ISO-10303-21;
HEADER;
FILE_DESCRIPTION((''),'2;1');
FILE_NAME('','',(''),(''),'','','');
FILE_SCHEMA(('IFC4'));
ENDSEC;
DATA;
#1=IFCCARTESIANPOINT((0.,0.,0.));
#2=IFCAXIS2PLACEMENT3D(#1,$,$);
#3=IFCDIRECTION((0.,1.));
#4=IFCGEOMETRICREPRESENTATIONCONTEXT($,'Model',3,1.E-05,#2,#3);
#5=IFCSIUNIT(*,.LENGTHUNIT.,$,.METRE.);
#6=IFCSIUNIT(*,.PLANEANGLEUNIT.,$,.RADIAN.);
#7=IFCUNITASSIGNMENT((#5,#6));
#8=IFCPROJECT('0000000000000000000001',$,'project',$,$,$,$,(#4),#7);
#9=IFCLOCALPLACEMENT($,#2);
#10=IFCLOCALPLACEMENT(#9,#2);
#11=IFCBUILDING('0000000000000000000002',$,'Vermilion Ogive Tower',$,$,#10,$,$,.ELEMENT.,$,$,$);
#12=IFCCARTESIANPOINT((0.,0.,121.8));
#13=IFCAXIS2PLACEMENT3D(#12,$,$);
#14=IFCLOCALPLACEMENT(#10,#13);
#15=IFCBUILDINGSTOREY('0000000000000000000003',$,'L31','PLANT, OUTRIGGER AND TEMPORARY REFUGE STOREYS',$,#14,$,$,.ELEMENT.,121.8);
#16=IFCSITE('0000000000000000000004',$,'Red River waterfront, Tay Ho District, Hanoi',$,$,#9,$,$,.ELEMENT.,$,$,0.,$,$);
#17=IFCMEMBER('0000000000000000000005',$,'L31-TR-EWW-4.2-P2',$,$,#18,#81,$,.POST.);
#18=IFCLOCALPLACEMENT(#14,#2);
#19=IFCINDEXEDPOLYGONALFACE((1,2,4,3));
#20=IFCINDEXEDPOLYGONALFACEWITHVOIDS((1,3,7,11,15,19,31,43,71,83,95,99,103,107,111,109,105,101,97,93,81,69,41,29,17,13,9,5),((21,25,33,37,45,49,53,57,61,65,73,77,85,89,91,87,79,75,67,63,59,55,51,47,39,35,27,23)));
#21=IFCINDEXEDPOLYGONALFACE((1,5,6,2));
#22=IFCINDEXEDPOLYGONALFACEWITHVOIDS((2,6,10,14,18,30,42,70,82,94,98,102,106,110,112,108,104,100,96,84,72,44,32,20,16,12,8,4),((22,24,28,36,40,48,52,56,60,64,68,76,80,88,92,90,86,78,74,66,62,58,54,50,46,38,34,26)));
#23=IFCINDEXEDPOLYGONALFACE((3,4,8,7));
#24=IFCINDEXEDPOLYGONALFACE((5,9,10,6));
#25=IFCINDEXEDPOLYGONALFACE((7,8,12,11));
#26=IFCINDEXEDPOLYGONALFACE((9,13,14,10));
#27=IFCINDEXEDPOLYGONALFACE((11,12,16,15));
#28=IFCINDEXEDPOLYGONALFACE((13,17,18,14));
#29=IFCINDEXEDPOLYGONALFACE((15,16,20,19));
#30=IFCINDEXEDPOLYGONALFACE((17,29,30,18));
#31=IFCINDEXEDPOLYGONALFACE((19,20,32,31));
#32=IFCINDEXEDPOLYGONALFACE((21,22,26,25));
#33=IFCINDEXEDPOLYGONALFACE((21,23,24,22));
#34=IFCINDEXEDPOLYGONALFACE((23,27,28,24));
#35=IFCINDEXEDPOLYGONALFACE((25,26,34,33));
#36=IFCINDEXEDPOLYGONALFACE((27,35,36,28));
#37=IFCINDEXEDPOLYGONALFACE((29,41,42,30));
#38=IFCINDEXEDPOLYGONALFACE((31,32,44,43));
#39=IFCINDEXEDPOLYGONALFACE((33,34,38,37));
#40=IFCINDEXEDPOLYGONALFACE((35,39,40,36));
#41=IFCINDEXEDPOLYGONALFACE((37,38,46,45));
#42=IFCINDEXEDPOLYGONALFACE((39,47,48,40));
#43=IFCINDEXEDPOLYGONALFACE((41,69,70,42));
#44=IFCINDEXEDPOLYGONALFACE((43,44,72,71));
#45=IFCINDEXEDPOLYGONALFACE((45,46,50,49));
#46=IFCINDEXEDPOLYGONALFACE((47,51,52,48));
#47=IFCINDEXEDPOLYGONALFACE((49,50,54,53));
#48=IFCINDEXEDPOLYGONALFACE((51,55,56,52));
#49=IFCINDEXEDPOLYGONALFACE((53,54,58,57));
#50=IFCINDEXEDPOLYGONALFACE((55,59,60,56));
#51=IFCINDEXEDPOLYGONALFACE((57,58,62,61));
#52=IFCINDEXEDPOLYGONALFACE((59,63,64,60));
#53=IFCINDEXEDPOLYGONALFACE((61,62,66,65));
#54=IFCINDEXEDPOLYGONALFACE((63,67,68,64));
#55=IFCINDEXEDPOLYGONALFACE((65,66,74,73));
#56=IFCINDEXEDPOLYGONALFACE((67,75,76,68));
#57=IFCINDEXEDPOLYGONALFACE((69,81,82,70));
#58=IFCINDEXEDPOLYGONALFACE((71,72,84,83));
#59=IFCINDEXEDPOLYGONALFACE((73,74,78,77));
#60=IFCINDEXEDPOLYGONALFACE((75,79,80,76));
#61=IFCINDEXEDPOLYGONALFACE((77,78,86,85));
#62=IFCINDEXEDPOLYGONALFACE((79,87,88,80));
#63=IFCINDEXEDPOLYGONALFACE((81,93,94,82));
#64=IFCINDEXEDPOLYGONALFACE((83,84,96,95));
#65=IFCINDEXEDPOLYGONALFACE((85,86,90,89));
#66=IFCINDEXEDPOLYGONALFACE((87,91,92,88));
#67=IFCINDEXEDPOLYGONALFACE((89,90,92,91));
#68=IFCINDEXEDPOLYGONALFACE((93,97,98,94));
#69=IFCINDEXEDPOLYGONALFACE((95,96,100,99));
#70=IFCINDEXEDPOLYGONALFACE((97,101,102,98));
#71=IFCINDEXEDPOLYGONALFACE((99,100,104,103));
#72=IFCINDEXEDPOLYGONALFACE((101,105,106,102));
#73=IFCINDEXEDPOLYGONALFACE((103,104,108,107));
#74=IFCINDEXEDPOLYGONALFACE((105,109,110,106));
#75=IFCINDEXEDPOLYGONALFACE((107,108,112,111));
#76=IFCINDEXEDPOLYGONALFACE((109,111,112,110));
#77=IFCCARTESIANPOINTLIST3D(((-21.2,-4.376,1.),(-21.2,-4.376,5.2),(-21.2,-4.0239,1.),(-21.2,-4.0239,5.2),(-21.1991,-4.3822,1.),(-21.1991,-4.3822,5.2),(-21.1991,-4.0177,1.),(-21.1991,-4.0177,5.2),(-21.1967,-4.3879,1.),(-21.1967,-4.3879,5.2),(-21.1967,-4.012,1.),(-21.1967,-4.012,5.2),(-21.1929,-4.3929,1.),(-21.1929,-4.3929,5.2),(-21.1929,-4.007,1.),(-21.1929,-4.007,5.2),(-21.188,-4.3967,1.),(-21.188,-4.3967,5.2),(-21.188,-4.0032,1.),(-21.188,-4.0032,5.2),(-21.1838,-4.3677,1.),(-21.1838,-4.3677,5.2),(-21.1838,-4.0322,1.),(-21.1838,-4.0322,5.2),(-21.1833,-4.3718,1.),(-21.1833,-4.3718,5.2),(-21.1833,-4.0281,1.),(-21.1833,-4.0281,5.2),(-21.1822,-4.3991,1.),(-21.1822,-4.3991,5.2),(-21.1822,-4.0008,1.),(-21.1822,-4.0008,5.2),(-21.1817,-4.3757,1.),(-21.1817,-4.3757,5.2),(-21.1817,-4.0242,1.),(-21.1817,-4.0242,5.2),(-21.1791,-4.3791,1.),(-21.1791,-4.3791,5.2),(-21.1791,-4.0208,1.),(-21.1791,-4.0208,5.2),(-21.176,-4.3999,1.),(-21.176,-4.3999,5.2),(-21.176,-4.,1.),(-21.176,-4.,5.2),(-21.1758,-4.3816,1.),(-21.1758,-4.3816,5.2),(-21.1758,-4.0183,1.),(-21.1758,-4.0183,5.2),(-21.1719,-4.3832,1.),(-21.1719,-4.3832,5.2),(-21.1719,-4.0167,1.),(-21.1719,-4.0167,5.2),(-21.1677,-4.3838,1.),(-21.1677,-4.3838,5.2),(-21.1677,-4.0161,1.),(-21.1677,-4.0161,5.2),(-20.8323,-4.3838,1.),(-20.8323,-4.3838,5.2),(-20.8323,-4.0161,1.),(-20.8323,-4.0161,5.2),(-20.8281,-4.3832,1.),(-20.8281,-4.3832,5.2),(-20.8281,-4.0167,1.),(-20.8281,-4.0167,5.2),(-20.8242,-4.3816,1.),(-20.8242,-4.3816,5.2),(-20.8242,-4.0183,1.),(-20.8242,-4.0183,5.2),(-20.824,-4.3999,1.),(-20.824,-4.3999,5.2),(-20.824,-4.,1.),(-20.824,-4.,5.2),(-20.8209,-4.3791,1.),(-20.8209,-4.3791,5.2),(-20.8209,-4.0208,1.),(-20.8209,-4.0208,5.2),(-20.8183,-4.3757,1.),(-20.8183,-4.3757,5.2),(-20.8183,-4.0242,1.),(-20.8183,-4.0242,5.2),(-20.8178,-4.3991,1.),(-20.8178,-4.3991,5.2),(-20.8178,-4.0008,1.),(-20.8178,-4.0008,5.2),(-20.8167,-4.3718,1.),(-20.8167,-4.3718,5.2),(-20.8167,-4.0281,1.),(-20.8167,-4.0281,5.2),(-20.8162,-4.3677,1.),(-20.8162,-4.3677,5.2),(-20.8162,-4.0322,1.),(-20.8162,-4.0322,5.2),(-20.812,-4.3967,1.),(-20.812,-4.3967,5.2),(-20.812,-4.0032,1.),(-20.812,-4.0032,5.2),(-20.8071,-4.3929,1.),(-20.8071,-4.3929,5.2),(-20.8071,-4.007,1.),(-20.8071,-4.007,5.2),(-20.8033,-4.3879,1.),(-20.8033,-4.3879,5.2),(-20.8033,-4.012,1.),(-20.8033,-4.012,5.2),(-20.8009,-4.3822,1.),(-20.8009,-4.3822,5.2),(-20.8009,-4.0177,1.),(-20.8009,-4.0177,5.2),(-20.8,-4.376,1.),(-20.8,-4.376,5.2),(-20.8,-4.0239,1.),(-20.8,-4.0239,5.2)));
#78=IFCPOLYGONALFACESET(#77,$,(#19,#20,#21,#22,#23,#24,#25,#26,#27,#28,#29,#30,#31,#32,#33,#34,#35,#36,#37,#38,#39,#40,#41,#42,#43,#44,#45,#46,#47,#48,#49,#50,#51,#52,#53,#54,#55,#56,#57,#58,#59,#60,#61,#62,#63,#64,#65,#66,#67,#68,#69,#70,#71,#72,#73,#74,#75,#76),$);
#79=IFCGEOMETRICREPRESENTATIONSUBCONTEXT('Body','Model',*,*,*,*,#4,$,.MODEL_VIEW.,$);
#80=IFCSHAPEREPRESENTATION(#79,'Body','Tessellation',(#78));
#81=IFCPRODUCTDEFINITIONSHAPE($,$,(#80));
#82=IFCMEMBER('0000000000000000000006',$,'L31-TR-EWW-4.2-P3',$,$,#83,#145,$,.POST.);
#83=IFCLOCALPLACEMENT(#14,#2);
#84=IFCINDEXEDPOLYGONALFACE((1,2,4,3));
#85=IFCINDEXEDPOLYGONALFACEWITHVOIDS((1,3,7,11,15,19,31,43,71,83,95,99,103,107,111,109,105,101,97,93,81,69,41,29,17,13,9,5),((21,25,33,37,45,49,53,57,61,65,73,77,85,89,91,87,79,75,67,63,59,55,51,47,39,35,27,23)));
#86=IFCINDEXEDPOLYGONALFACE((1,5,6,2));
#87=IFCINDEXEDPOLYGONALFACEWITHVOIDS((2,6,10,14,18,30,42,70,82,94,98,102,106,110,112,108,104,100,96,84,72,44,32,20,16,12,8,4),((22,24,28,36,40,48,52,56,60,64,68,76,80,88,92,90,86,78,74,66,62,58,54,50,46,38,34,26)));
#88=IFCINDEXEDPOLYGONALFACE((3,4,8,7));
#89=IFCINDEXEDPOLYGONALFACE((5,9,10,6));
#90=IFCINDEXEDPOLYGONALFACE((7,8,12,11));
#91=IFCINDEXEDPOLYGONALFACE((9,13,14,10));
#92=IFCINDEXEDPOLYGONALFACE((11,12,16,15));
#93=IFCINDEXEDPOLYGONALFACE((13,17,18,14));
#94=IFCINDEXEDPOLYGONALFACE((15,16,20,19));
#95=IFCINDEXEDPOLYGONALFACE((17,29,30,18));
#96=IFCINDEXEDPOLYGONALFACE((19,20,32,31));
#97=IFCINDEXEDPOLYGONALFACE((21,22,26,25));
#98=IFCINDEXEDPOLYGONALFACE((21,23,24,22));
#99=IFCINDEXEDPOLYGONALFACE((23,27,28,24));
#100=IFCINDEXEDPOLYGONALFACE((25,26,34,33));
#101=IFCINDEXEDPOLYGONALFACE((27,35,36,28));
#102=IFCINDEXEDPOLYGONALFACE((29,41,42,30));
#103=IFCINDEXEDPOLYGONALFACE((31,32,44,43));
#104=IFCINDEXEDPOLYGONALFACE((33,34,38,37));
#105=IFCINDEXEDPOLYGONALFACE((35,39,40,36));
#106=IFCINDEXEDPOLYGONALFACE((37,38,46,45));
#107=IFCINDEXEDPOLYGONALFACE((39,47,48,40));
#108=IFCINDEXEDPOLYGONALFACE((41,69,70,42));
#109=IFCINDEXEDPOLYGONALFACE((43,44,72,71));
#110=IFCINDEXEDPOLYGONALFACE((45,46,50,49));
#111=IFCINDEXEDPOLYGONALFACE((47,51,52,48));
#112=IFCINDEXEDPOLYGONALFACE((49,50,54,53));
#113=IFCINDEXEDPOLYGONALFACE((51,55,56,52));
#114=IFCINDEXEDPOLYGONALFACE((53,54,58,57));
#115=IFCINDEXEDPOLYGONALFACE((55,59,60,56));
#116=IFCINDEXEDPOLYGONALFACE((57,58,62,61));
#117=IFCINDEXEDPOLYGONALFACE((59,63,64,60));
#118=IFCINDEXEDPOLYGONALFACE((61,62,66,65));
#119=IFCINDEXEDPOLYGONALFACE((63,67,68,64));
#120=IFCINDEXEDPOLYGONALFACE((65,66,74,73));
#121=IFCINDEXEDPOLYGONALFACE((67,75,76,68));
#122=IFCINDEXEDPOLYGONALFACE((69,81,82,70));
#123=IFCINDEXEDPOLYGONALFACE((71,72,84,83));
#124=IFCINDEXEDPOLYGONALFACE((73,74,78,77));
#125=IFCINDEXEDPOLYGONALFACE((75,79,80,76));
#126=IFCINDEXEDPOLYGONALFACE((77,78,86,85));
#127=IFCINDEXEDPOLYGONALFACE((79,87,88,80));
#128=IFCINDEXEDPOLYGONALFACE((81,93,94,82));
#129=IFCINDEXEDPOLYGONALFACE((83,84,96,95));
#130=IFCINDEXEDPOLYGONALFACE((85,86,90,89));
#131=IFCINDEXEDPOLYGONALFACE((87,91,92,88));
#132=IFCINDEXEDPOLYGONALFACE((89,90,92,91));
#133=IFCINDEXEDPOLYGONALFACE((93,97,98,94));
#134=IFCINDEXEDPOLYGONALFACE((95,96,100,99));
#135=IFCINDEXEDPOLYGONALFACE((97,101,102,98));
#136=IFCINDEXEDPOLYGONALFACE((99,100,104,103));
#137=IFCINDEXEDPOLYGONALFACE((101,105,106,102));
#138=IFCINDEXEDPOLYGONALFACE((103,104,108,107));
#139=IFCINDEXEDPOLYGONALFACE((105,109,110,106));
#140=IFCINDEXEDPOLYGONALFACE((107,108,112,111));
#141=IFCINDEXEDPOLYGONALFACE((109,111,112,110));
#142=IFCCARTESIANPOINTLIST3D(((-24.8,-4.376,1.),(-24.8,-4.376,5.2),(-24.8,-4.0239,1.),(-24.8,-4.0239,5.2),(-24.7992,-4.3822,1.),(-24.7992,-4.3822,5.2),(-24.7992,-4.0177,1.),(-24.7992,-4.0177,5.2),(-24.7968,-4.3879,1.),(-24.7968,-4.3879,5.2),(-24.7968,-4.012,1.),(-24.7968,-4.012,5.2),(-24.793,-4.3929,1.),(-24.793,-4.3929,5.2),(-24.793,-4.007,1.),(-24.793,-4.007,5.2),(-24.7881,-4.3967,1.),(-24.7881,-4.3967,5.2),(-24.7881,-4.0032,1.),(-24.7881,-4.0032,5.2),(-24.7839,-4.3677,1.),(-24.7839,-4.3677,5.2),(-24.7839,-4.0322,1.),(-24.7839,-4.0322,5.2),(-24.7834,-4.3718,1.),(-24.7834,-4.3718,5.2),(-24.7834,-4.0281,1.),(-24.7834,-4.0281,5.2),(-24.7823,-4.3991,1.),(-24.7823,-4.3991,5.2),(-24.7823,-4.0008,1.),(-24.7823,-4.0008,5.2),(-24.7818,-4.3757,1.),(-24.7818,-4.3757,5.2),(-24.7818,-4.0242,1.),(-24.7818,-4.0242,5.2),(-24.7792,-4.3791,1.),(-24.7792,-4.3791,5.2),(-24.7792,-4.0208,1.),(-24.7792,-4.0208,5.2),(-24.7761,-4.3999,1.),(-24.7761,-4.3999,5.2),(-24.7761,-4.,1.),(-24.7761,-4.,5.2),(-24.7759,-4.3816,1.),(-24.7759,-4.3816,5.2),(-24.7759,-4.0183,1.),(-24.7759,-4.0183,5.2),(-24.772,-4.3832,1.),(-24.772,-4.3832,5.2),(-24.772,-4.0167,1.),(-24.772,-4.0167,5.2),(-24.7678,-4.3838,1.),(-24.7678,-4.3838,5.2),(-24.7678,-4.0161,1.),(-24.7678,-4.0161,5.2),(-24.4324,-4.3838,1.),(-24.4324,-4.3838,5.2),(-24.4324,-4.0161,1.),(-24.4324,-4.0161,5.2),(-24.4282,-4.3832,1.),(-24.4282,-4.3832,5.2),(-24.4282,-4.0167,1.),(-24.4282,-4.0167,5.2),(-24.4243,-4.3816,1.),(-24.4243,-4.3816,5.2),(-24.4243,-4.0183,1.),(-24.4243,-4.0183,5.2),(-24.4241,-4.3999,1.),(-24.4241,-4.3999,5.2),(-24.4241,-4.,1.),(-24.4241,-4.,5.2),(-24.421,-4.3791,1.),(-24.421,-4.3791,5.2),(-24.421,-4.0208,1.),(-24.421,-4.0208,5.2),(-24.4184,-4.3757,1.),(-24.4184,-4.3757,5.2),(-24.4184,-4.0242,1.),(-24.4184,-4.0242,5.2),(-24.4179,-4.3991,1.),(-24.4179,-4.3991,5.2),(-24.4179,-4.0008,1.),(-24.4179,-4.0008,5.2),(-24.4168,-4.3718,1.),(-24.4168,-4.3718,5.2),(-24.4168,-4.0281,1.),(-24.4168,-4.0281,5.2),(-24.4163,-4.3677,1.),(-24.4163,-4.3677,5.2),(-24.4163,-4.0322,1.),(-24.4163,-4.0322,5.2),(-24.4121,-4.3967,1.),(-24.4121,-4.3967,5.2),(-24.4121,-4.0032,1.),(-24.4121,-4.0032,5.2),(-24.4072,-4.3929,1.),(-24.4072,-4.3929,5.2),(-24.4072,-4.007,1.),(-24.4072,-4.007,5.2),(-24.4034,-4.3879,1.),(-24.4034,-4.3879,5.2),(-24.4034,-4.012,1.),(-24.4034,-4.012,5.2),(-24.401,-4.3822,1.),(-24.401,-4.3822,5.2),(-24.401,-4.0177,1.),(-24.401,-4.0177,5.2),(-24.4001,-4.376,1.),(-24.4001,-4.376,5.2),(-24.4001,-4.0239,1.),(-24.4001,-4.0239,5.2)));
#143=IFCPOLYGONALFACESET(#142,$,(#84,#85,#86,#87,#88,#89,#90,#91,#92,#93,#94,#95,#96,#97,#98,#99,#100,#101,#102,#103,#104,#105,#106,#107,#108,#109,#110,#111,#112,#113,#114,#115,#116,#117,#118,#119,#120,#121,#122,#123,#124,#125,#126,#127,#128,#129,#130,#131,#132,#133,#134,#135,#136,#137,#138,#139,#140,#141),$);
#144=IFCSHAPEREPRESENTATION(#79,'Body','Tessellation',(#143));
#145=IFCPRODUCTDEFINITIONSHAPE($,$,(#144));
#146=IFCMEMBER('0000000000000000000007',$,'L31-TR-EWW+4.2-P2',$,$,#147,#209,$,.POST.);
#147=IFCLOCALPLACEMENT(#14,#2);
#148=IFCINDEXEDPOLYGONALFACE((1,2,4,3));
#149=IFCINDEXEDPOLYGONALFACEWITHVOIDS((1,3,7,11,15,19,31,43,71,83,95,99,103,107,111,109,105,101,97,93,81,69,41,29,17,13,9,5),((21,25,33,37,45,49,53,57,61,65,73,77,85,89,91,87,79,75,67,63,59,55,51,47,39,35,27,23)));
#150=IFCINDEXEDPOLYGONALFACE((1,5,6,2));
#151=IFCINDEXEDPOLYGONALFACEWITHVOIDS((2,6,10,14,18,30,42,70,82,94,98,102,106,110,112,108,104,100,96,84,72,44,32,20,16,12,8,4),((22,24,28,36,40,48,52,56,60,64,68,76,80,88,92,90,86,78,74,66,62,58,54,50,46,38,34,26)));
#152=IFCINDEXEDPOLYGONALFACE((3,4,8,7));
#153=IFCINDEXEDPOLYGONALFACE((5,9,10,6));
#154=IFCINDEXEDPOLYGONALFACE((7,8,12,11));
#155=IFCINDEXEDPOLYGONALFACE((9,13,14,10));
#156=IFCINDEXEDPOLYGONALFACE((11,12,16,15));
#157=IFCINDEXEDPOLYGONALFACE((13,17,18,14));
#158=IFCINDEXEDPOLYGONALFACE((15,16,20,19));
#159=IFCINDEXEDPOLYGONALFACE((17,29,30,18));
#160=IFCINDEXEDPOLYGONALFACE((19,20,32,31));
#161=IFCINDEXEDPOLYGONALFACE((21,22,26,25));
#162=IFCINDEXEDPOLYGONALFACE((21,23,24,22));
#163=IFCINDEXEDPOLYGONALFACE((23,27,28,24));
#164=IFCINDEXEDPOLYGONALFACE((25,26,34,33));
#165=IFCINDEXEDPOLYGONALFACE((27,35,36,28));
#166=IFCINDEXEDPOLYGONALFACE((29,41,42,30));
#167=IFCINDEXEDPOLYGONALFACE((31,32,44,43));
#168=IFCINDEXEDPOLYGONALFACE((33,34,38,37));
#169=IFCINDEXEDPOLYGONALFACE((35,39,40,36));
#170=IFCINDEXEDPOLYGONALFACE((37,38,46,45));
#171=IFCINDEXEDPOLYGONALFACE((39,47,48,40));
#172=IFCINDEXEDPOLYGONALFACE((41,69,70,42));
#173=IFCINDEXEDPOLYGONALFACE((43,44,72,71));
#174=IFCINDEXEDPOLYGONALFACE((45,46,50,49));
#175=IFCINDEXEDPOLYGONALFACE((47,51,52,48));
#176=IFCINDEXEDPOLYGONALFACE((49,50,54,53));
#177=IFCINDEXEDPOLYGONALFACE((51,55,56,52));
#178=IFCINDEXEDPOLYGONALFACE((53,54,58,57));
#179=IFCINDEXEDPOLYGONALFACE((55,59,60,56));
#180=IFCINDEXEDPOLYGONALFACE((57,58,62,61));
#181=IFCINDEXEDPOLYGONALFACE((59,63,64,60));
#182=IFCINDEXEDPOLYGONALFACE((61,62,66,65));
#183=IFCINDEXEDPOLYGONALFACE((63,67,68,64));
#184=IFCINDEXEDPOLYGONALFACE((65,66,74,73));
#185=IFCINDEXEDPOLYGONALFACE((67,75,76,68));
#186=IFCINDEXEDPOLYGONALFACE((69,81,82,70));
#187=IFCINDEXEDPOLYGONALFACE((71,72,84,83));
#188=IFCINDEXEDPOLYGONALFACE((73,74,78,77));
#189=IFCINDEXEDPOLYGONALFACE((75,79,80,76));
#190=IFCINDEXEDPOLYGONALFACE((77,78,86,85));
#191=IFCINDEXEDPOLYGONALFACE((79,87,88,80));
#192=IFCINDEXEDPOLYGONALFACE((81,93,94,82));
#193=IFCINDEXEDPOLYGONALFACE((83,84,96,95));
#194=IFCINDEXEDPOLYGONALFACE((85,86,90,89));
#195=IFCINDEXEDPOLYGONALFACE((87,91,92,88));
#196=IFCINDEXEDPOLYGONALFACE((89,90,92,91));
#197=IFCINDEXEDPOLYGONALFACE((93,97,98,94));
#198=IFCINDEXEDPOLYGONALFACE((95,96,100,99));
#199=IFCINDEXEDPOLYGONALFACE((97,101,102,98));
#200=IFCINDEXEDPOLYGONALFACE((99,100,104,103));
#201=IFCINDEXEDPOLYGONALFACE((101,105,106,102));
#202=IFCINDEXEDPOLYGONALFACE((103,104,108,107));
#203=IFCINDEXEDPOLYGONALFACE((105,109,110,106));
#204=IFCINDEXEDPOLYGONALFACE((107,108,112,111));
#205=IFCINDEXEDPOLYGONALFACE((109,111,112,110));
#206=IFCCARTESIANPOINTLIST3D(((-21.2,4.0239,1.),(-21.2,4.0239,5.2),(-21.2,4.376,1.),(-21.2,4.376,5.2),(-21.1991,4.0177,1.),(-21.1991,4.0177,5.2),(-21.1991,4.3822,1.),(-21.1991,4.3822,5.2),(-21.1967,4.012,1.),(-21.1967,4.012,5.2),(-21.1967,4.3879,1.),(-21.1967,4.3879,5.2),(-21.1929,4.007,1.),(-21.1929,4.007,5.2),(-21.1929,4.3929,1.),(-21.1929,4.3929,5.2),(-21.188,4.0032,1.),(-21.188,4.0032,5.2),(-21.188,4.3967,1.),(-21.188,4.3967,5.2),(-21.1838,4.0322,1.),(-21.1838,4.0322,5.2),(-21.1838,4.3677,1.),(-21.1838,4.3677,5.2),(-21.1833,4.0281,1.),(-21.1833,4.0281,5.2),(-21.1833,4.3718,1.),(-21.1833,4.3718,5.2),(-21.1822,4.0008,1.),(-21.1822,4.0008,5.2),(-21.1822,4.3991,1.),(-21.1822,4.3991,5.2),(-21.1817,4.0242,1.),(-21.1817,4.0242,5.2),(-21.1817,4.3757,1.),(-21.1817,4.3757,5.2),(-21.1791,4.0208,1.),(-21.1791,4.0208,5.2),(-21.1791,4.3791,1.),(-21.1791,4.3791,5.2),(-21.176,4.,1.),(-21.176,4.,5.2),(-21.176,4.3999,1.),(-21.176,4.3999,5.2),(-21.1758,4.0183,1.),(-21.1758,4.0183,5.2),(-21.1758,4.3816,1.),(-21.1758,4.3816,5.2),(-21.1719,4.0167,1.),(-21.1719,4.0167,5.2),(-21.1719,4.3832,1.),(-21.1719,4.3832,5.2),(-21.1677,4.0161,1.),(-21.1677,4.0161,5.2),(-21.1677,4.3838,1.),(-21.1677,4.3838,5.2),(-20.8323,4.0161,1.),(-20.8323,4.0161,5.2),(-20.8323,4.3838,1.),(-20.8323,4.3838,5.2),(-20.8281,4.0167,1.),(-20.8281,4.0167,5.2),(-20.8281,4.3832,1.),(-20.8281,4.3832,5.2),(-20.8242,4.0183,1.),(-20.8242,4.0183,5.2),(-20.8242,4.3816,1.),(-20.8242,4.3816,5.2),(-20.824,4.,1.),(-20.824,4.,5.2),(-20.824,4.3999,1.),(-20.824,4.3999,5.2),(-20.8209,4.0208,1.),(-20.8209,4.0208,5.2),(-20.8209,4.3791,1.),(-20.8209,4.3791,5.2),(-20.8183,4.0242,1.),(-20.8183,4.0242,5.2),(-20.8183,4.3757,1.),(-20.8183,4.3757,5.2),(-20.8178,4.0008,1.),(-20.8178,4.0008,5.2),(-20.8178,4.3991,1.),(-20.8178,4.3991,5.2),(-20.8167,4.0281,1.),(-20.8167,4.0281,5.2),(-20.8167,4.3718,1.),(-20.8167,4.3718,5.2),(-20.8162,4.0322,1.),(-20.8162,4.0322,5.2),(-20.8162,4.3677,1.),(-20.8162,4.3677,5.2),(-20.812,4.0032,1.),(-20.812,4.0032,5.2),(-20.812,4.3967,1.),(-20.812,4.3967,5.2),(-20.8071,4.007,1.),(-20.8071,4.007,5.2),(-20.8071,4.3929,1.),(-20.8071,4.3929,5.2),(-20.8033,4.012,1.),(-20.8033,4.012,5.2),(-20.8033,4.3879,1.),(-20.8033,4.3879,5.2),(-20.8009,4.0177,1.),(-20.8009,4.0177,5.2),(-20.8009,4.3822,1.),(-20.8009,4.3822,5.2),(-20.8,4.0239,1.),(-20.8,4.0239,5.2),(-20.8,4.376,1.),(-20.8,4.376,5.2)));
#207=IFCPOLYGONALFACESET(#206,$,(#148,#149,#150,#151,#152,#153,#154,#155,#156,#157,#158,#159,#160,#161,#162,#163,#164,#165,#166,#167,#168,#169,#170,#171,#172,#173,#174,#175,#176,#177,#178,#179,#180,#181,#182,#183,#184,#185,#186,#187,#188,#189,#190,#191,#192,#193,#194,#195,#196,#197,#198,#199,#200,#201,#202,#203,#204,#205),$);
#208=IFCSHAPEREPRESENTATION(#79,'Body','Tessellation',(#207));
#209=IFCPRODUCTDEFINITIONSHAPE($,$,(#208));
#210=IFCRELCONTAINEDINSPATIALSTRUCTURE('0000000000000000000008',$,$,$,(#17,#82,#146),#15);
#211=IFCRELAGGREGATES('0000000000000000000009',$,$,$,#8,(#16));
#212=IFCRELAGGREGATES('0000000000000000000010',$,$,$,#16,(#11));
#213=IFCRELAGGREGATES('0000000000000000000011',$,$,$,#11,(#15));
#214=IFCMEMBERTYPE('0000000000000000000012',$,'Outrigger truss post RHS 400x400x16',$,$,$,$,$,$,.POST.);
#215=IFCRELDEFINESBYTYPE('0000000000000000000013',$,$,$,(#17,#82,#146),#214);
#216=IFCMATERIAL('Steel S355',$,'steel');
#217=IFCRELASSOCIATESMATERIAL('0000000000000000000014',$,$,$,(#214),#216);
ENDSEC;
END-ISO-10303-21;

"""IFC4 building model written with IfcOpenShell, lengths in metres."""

from ifc_helpers import new_model, si_unit, direction, frame, origin, origin_2d, place, context, subcontext, project, spatial, hollow_rectangle, extrude, material, material_profile, profile_set, type_object, element, save


model = new_model("IFC4")

# Units and contexts
model_context = context("Model", 3, precision=1e-05, world=origin(), true_north=direction((0.0, 1.0)))
body_context = subcontext(model_context, "Body", "Model", "MODEL_VIEW")
ifc_project = project(units=[si_unit("LENGTHUNIT", "METRE"), si_unit("PLANEANGLEUNIT", "RADIAN")], contexts=[model_context])

# Site, building, storey
site_placement = place(None, origin())
site = spatial("IfcSite", under=ifc_project, at=site_placement, Name="Red River waterfront, Tay Ho District, Hanoi", CompositionType="ELEMENT", RefElevation=0.0)
building_placement = place(site_placement, origin())
building = spatial("IfcBuilding", under=site, at=building_placement, Name="Vermilion Ogive Tower", CompositionType="ELEMENT")
storey_placement = place(building_placement, frame((0.0, 0.0, 121.8)))
storey = spatial("IfcBuildingStorey", under=building, at=storey_placement, Name="L31", Description="PLANT, OUTRIGGER AND TEMPORARY REFUGE STOREYS", CompositionType="ELEMENT", Elevation=121.8)

# Members
ifc_material_1 = material(Name="Steel S355", Category="steel")
ifc_material_profile_1 = material_profile(ifc_material_1, hollow_rectangle(XDim=0.3999, YDim=0.3999, WallThickness=0.0161, InnerFilletRadius=0.0161, OuterFilletRadius=0.0239, at=origin_2d()), Name="RHS 400x400x16")
ifc_profile_set_1 = profile_set([ifc_material_profile_1], Name="Steel S355")
member_type_1 = type_object("IfcMemberType", Name="Outrigger truss post RHS 400x400x16", PredefinedType="POST", material=ifc_profile_set_1)
for number, where, z_axis, x_axis, name in (
    (1, (-21.0, -4.2, 1.0), (0.0, 0.0, 1.0), (1.0, 0.0, 0.0), "L31-TR-EWW-4.2-P2"),
    (2, (-24.6001, -4.2, 1.0), (0.0, 0.0, 1.0), (1.0, 0.0, 0.0), "L31-TR-EWW-4.2-P3"),
    (3, (-21.0, 4.2, 1.0), (0.0, 0.0, 1.0), (1.0, 0.0, 0.0), "L31-TR-EWW+4.2-P2"),
):
    element("IfcMember", number, at=place(storey_placement, frame(where, z_axis=z_axis, x_axis=x_axis)), inside=storey, type_object=member_type_1, Name=name, PredefinedType="POST", context=body_context, shape_type="SweptSolid", body=[
        extrude(hollow_rectangle(XDim=0.3999, YDim=0.3999, WallThickness=0.0161, InnerFilletRadius=0.0161, OuterFilletRadius=0.0239, at=origin_2d()), origin(), (0.0, 0.0, 1.0), 4.2),
    ])

save(model, "model.ifc")
